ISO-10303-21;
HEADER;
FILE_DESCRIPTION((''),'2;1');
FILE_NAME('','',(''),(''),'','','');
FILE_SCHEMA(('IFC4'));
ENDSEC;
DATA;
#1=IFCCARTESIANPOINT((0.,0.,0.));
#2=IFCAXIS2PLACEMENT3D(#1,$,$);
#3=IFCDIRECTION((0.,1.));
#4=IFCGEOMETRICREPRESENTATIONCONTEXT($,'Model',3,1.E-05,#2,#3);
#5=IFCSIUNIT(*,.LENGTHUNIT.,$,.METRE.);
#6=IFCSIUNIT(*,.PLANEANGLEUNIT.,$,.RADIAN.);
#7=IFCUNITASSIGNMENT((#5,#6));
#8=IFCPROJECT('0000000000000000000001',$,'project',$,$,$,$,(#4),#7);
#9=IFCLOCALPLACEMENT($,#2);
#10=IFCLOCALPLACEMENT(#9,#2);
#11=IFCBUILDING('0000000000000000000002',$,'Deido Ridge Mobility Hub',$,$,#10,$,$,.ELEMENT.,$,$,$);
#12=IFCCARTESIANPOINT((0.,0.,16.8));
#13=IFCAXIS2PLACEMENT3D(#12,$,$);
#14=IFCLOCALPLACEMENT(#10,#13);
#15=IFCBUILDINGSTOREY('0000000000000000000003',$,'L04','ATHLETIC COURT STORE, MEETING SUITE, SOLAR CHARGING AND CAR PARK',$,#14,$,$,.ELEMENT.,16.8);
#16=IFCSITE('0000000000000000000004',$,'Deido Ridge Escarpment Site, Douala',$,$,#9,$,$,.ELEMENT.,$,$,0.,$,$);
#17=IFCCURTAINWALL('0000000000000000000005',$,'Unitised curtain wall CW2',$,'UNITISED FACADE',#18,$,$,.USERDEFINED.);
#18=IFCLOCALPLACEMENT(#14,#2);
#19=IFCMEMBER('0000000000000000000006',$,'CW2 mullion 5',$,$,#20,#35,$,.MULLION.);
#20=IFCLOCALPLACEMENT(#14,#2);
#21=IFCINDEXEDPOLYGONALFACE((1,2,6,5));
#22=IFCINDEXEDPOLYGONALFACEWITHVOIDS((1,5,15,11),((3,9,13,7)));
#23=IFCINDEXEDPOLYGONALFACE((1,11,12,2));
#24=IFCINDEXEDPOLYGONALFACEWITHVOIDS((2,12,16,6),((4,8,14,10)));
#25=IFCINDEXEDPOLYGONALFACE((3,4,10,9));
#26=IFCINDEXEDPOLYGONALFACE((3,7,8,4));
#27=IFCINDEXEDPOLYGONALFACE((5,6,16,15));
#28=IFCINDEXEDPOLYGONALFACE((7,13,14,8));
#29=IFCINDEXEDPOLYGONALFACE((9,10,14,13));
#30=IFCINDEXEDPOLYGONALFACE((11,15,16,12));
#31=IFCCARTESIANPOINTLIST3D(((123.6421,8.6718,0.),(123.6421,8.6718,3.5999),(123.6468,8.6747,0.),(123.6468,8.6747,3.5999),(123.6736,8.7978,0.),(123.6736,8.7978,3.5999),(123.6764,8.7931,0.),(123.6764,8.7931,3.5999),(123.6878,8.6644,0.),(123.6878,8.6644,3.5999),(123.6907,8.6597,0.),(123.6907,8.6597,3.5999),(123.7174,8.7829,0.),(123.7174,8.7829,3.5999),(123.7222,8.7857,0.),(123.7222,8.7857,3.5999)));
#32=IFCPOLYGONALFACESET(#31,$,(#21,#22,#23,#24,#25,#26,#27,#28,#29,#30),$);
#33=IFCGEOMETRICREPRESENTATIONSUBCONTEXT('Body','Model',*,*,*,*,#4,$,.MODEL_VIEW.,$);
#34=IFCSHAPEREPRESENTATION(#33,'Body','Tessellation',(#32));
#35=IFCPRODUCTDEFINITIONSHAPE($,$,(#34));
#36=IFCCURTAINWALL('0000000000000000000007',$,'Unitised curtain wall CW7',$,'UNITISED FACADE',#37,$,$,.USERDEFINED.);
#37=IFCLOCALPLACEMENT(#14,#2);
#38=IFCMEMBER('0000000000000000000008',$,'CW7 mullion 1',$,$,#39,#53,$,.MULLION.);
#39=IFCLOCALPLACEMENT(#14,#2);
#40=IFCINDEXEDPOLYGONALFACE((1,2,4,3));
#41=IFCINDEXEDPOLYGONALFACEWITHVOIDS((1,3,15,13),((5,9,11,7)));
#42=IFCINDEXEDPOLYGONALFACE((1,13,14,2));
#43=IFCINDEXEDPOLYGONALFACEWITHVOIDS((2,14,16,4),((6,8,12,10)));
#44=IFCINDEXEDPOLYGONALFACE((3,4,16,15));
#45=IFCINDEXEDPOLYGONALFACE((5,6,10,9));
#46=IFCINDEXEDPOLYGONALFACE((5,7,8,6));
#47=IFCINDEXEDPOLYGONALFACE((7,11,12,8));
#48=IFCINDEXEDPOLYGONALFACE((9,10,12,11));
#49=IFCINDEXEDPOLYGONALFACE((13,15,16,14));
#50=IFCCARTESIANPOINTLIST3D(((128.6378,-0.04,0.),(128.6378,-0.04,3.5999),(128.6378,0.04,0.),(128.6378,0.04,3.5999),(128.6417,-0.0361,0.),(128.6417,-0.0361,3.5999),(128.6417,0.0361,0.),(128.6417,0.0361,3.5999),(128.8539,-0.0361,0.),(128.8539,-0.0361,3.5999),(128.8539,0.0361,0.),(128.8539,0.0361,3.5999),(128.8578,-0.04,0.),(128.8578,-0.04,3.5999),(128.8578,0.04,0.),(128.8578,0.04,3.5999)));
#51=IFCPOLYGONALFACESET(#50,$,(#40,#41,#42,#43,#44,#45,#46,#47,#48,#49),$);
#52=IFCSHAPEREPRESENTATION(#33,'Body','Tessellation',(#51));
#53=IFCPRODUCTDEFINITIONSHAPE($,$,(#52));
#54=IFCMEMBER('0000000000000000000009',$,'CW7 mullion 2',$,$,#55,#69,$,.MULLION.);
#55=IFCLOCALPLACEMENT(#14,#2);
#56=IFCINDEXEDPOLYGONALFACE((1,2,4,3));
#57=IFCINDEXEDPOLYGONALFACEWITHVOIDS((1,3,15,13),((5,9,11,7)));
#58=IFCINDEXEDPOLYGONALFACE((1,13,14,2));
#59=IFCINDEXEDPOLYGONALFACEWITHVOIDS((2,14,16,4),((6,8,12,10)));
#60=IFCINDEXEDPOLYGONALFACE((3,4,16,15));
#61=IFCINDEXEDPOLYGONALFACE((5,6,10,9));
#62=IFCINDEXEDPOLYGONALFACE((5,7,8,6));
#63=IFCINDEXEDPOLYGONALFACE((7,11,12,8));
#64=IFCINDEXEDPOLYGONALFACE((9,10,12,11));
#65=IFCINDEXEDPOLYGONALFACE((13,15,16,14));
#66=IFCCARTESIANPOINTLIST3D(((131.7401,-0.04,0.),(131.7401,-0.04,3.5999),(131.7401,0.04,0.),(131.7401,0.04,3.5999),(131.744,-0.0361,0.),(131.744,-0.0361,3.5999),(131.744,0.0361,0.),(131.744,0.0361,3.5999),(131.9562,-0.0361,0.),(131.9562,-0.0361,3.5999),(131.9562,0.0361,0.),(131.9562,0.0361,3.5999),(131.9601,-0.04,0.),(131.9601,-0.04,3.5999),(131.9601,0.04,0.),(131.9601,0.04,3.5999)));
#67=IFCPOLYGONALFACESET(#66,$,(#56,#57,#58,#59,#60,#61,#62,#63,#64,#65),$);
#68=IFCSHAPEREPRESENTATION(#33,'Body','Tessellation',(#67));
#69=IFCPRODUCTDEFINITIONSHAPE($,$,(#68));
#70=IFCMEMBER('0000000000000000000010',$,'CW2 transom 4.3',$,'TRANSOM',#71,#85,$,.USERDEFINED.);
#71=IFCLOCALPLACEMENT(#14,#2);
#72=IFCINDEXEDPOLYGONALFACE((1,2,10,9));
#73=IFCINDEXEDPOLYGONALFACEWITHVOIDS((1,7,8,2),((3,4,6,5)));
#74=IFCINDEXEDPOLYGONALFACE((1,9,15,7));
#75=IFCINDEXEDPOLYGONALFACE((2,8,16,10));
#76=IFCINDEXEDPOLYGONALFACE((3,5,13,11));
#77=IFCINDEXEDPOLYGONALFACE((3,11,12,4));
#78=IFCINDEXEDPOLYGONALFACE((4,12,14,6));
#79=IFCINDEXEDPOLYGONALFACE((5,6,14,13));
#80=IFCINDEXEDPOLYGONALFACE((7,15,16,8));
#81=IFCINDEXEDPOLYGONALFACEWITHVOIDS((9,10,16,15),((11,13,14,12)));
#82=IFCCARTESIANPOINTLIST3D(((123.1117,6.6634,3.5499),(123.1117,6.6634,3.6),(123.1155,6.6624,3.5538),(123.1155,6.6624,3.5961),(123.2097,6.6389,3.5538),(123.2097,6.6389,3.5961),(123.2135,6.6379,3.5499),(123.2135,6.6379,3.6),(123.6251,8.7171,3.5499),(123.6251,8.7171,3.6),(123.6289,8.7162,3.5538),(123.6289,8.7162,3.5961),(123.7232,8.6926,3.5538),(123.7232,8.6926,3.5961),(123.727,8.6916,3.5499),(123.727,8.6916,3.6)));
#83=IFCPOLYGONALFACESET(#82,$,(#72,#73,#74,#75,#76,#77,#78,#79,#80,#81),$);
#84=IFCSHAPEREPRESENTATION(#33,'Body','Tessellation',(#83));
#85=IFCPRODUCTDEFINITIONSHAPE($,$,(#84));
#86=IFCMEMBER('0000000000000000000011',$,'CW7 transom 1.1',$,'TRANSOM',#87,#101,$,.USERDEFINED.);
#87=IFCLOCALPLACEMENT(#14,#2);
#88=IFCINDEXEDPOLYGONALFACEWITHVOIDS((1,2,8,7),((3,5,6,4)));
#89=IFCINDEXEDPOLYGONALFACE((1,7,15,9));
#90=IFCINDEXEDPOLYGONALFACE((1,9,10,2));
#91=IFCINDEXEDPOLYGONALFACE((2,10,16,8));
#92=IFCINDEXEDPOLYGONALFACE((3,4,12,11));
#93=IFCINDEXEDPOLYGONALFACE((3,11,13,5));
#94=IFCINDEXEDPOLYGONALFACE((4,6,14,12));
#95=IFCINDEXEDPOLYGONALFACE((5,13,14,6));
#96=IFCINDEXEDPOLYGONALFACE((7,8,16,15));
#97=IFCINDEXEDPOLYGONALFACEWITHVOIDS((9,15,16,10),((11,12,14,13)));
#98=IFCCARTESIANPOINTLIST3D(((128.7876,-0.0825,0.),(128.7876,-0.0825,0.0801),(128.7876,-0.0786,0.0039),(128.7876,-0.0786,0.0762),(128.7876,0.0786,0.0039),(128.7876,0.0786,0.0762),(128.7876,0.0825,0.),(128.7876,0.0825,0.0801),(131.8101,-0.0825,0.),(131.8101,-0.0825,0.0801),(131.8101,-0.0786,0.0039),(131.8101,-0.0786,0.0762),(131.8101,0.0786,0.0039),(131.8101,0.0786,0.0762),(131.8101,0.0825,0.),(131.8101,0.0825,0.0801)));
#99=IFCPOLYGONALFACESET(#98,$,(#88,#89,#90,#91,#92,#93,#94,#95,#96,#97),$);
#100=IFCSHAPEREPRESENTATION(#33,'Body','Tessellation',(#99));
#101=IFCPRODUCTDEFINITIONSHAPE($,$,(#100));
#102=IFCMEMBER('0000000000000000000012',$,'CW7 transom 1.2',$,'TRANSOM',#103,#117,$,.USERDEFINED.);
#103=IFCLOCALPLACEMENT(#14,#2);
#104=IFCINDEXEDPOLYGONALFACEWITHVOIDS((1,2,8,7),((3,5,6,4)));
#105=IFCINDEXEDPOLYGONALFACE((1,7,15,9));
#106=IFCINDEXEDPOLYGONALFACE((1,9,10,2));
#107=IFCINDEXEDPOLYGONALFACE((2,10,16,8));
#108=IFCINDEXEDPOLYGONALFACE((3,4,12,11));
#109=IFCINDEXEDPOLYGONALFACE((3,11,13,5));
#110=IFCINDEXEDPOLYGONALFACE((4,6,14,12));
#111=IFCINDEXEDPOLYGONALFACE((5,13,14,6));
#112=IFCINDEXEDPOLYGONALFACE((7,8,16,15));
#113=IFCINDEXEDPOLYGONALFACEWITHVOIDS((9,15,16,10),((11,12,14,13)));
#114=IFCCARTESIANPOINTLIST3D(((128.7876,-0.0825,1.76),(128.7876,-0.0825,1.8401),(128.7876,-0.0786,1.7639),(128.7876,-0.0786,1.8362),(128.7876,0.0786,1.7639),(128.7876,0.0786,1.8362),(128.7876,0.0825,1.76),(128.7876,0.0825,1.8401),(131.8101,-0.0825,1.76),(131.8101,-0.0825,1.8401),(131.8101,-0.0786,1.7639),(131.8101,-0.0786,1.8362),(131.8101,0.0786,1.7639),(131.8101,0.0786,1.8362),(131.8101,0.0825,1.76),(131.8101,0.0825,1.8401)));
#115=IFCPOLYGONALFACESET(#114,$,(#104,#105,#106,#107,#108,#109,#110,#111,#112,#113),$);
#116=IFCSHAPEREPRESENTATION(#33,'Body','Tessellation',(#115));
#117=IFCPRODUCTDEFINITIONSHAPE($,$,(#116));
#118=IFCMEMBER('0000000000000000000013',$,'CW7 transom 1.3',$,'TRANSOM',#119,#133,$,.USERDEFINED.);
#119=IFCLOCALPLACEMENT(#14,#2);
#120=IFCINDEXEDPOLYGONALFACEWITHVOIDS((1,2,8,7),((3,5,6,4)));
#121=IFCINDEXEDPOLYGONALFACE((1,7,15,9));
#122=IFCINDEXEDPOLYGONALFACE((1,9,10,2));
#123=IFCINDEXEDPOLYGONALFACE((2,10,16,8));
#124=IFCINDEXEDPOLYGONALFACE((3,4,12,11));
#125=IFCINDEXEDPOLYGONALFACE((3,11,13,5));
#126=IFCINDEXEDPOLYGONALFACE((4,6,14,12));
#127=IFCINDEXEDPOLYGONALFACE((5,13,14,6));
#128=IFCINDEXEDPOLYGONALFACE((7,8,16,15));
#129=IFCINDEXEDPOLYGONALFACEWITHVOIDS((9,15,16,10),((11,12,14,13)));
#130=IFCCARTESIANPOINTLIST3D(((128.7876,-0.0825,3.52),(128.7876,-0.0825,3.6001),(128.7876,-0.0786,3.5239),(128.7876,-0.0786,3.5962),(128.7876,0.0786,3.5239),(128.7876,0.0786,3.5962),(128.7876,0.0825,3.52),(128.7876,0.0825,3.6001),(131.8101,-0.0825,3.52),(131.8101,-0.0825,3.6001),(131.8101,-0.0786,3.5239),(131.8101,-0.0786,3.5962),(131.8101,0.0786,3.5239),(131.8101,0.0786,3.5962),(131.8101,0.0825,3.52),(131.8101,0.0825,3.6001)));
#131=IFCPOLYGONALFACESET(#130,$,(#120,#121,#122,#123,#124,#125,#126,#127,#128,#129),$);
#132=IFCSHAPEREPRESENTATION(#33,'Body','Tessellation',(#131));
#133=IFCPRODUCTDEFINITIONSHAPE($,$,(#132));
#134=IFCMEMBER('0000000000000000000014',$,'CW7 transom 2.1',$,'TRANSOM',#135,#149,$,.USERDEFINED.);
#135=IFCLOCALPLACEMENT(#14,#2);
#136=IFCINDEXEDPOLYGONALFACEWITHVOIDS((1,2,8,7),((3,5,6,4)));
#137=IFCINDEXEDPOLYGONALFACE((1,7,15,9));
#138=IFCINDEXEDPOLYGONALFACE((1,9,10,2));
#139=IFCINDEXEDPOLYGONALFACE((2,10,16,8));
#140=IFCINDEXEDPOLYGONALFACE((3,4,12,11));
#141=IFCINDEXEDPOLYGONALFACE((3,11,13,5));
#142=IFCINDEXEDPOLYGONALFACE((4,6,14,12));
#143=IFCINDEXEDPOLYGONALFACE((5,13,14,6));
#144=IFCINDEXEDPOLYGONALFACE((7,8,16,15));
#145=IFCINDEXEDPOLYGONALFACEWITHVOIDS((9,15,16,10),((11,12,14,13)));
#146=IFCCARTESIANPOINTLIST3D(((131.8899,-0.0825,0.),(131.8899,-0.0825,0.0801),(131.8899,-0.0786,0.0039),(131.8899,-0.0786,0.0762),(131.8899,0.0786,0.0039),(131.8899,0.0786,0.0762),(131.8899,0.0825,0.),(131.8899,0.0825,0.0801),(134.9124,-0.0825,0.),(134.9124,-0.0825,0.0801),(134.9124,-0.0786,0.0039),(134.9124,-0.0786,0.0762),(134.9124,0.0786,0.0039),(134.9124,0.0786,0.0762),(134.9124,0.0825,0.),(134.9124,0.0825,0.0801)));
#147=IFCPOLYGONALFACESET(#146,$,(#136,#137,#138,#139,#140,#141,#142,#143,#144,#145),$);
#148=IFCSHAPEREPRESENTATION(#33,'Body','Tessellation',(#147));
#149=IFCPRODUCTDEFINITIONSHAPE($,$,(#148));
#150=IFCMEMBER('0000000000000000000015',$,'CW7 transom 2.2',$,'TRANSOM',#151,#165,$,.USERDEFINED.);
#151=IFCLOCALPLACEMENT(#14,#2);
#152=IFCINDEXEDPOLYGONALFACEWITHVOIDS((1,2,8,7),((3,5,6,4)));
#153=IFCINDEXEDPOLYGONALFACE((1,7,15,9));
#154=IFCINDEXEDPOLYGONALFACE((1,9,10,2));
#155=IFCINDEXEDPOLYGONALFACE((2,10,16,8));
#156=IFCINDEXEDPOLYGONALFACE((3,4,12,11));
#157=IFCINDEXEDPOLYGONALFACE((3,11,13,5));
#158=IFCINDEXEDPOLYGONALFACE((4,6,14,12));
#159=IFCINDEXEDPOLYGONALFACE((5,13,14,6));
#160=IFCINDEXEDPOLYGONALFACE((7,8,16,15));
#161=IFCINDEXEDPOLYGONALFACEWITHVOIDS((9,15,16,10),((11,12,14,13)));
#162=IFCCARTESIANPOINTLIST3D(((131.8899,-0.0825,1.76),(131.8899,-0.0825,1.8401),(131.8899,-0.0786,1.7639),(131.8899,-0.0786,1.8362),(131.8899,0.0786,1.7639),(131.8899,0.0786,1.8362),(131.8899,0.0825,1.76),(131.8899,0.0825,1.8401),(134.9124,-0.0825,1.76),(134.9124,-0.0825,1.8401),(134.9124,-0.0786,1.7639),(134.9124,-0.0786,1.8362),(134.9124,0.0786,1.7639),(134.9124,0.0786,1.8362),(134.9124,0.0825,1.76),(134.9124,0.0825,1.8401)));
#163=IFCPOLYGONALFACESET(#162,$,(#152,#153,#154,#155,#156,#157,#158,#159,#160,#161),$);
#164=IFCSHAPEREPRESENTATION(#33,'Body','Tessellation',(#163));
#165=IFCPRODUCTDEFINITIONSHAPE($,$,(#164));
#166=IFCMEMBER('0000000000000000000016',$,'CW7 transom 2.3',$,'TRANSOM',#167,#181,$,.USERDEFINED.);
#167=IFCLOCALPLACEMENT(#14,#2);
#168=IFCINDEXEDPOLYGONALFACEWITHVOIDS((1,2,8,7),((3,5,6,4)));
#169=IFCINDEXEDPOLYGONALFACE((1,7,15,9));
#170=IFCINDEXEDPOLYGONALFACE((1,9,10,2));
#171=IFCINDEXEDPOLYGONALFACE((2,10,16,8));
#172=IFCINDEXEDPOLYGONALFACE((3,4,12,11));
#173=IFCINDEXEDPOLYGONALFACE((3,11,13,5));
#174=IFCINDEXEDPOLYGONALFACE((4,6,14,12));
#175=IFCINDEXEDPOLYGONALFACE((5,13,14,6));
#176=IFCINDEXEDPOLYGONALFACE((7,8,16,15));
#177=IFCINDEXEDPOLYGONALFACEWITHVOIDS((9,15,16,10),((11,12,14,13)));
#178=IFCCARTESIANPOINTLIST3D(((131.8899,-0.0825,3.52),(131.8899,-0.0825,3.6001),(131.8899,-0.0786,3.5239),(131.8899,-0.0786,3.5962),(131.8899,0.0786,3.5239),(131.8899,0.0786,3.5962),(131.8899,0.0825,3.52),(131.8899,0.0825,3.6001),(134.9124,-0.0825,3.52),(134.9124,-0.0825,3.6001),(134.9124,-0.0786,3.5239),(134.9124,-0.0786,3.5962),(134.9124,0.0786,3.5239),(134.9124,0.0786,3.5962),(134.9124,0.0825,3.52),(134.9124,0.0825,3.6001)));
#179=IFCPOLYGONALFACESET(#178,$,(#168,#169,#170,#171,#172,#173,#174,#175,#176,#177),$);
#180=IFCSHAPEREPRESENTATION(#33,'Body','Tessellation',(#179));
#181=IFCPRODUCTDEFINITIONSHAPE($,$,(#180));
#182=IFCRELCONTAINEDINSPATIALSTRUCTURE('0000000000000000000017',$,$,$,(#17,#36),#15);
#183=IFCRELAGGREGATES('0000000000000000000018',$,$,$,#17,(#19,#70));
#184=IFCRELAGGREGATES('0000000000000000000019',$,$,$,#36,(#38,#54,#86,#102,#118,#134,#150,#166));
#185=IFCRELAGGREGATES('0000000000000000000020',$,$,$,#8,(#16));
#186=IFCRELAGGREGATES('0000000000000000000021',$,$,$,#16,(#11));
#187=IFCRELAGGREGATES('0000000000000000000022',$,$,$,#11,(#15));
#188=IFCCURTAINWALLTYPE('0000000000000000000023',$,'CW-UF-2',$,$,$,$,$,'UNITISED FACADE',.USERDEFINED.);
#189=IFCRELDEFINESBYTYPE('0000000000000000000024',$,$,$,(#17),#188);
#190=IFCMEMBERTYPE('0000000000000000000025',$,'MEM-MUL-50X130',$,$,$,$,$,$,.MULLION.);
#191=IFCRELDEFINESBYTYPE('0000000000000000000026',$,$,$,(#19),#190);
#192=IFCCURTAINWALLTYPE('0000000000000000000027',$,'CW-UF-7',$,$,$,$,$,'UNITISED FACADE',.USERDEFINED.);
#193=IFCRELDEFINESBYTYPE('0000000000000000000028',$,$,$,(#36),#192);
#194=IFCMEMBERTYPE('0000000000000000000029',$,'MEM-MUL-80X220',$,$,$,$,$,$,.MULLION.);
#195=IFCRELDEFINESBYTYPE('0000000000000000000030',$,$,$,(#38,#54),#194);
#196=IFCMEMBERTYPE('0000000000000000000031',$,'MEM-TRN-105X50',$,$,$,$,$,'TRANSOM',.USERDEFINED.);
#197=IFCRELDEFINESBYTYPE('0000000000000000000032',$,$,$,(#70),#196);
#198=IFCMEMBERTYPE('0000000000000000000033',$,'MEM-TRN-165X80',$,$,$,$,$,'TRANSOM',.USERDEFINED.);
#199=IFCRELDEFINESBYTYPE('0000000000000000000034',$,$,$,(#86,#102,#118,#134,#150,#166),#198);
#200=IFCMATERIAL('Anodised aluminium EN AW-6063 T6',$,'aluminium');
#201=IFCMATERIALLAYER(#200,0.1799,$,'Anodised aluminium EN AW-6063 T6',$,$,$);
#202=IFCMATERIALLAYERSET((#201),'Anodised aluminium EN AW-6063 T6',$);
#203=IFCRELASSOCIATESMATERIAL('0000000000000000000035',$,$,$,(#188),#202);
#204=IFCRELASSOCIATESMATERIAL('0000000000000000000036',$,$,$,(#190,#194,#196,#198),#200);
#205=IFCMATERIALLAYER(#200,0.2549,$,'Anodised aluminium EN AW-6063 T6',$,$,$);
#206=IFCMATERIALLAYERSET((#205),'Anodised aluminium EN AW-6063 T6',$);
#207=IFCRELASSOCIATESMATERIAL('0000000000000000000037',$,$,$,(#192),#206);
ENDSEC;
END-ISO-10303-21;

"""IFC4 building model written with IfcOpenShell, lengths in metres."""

from ifc_helpers import new_model, si_unit, direction, frame, origin, origin_2d, place, context, subcontext, project, spatial, hollow_rectangle, extrude, material, layer, layer_set, material_profile, profile_set, type_object, element, aggregate, save


model = new_model("IFC4")

# Units and contexts
model_context = context("Model", 3, precision=1e-05, world=origin(), true_north=direction((0.0, 1.0)))
body_context = subcontext(model_context, "Body", "Model", "MODEL_VIEW")
ifc_project = project(units=[si_unit("LENGTHUNIT", "METRE"), si_unit("PLANEANGLEUNIT", "RADIAN")], contexts=[model_context])

# Site, building, storey
site_placement = place(None, origin())
site = spatial("IfcSite", under=ifc_project, at=site_placement, Name="Deido Ridge Escarpment Site, Douala", CompositionType="ELEMENT", RefElevation=0.0)
building_placement = place(site_placement, origin())
building = spatial("IfcBuilding", under=site, at=building_placement, Name="Deido Ridge Mobility Hub", CompositionType="ELEMENT")
storey_placement = place(building_placement, frame((0.0, 0.0, 16.8)))
storey = spatial("IfcBuildingStorey", under=building, at=storey_placement, Name="L04", Description="ATHLETIC COURT STORE, MEETING SUITE, SOLAR CHARGING AND CAR PARK", CompositionType="ELEMENT", Elevation=16.8)

# Curtain wall, member
ifc_material_1 = material(Name="Anodised aluminium EN AW-6063 T6", Category="aluminium")
ifc_layer_1 = layer(ifc_material_1, 0.1799, Name="Anodised aluminium EN AW-6063 T6")
ifc_layer_set_1 = layer_set([ifc_layer_1], Name="Anodised aluminium EN AW-6063 T6")
curtain_wall_type_1 = type_object("IfcCurtainWallType", Name="CW-UF-2", ElementType="UNITISED FACADE", PredefinedType="USERDEFINED", material=ifc_layer_set_1)
curtain_wall_1_placement = place(storey_placement, origin())
curtain_wall_1 = element("IfcCurtainWall", 1, at=curtain_wall_1_placement, inside=storey, type_object=curtain_wall_type_1, Name="Unitised curtain wall CW2", ObjectType="UNITISED FACADE", PredefinedType="USERDEFINED")
ifc_material_profile_1 = material_profile(ifc_material_1, hollow_rectangle(XDim=0.05, YDim=0.1299, WallThickness=0.0039, at=origin_2d()), Name="RHS 50x130x4")
ifc_profile_set_1 = profile_set([ifc_material_profile_1], Name="Anodised aluminium EN AW-6063 T6")
member_type_1 = type_object("IfcMemberType", Name="MEM-MUL-50X130", PredefinedType="MULLION", material=ifc_profile_set_1)
member_1_placement = place(storey_placement, frame((123.6821, 8.7288, 0.0), z_axis=(0.0, 0.0, 1.0), x_axis=(-0.970144, 0.24253, 0.0)))
member_1 = element("IfcMember", 2, at=member_1_placement, type_object=member_type_1, Name="CW2 mullion 5", PredefinedType="MULLION", context=body_context, shape_type="SweptSolid", body=[
    extrude(hollow_rectangle(XDim=0.05, YDim=0.1299, WallThickness=0.0039, at=origin_2d()), origin(), (0.0, 0.0, 1.0), 3.5999),
])

# Curtain wall, members
ifc_layer_2 = layer(ifc_material_1, 0.2549, Name="Anodised aluminium EN AW-6063 T6")
ifc_layer_set_2 = layer_set([ifc_layer_2], Name="Anodised aluminium EN AW-6063 T6")
curtain_wall_type_2 = type_object("IfcCurtainWallType", Name="CW-UF-7", ElementType="UNITISED FACADE", PredefinedType="USERDEFINED", material=ifc_layer_set_2)
curtain_wall_2_placement = place(storey_placement, origin())
curtain_wall_2 = element("IfcCurtainWall", 3, at=curtain_wall_2_placement, inside=storey, type_object=curtain_wall_type_2, Name="Unitised curtain wall CW7", ObjectType="UNITISED FACADE", PredefinedType="USERDEFINED")
ifc_material_profile_2 = material_profile(ifc_material_1, hollow_rectangle(XDim=0.0801, YDim=0.22, WallThickness=0.0039, at=origin_2d()), Name="RHS 80x220x4")
ifc_profile_set_2 = profile_set([ifc_material_profile_2], Name="Anodised aluminium EN AW-6063 T6")
member_type_2 = type_object("IfcMemberType", Name="MEM-MUL-80X220", PredefinedType="MULLION", material=ifc_profile_set_2)
member_2_placement = place(storey_placement, frame((128.7478, 0.0, 0.0), z_axis=(0.0, 0.0, 1.0), x_axis=(0.0, 1.0, 0.0)))
member_2 = element("IfcMember", 4, at=member_2_placement, type_object=member_type_2, Name="CW7 mullion 1", PredefinedType="MULLION", context=body_context, shape_type="SweptSolid", body=[
    extrude(hollow_rectangle(XDim=0.0801, YDim=0.22, WallThickness=0.0039, at=origin_2d()), origin(), (0.0, 0.0, 1.0), 3.5999),
])
member_3_placement = place(storey_placement, frame((131.8501, 0.0, 0.0), z_axis=(0.0, 0.0, 1.0), x_axis=(0.0, 1.0, 0.0)))
member_3 = element("IfcMember", 5, at=member_3_placement, type_object=member_type_2, Name="CW7 mullion 2", PredefinedType="MULLION", context=body_context, shape_type="SweptSolid", body=[
    extrude(hollow_rectangle(XDim=0.0801, YDim=0.22, WallThickness=0.0039, at=origin_2d()), origin(), (0.0, 0.0, 1.0), 3.5999),
])

# Members
ifc_material_profile_3 = material_profile(ifc_material_1, hollow_rectangle(XDim=0.105, YDim=0.05, WallThickness=0.0039, at=origin_2d()), Name="RHS 105x50x4")
ifc_profile_set_3 = profile_set([ifc_material_profile_3], Name="Anodised aluminium EN AW-6063 T6")
member_type_3 = type_object("IfcMemberType", Name="MEM-TRN-105X50", ElementType="TRANSOM", PredefinedType="USERDEFINED", material=ifc_profile_set_3)
member_4_placement = place(storey_placement, frame((123.1626, 6.6506, 3.575), z_axis=(0.242536, 0.970143, 0.0), x_axis=(-0.970143, 0.242536, 0.0)))
member_4 = element("IfcMember", 6, at=member_4_placement, type_object=member_type_3, Name="CW2 transom 4.3", ObjectType="TRANSOM", PredefinedType="USERDEFINED", context=body_context, shape_type="SweptSolid", body=[
    extrude(hollow_rectangle(XDim=0.105, YDim=0.05, WallThickness=0.0039, at=origin_2d()), origin(), (0.0, 0.0, 1.0), 2.1169),
])
ifc_material_profile_4 = material_profile(ifc_material_1, hollow_rectangle(XDim=0.165, YDim=0.0801, WallThickness=0.0039, at=origin_2d()), Name="RHS 165x80x4")
ifc_profile_set_4 = profile_set([ifc_material_profile_4], Name="Anodised aluminium EN AW-6063 T6")
member_type_4 = type_object("IfcMemberType", Name="MEM-TRN-165X80", ElementType="TRANSOM", PredefinedType="USERDEFINED", material=ifc_profile_set_4)
member_5_placement = place(storey_placement, frame((128.7876, 0.0, 0.04), z_axis=(1.0, 0.0, 0.0), x_axis=(0.0, 1.0, 0.0)))
member_5 = element("IfcMember", 7, at=member_5_placement, type_object=member_type_4, Name="CW7 transom 1.1", ObjectType="TRANSOM", PredefinedType="USERDEFINED", context=body_context, shape_type="SweptSolid", body=[
    extrude(hollow_rectangle(XDim=0.165, YDim=0.0801, WallThickness=0.0039, at=origin_2d()), origin(), (0.0, 0.0, 1.0), 3.0225),
])
member_6_placement = place(storey_placement, frame((128.7876, 0.0, 1.8), z_axis=(1.0, 0.0, 0.0), x_axis=(0.0, 1.0, 0.0)))
member_6 = element("IfcMember", 8, at=member_6_placement, type_object=member_type_4, Name="CW7 transom 1.2", ObjectType="TRANSOM", PredefinedType="USERDEFINED", context=body_context, shape_type="SweptSolid", body=[
    extrude(hollow_rectangle(XDim=0.165, YDim=0.0801, WallThickness=0.0039, at=origin_2d()), origin(), (0.0, 0.0, 1.0), 3.0225),
])
member_7_placement = place(storey_placement, frame((128.7876, 0.0, 3.5601), z_axis=(1.0, 0.0, 0.0), x_axis=(0.0, 1.0, 0.0)))
member_7 = element("IfcMember", 9, at=member_7_placement, type_object=member_type_4, Name="CW7 transom 1.3", ObjectType="TRANSOM", PredefinedType="USERDEFINED", context=body_context, shape_type="SweptSolid", body=[
    extrude(hollow_rectangle(XDim=0.165, YDim=0.0801, WallThickness=0.0039, at=origin_2d()), origin(), (0.0, 0.0, 1.0), 3.0225),
])
member_8_placement = place(storey_placement, frame((131.8899, 0.0, 0.04), z_axis=(1.0, 0.0, 0.0), x_axis=(0.0, 1.0, 0.0)))
member_8 = element("IfcMember", 10, at=member_8_placement, type_object=member_type_4, Name="CW7 transom 2.1", ObjectType="TRANSOM", PredefinedType="USERDEFINED", context=body_context, shape_type="SweptSolid", body=[
    extrude(hollow_rectangle(XDim=0.165, YDim=0.0801, WallThickness=0.0039, at=origin_2d()), origin(), (0.0, 0.0, 1.0), 3.0225),
])
member_9_placement = place(storey_placement, frame((131.8899, 0.0, 1.8), z_axis=(1.0, 0.0, 0.0), x_axis=(0.0, 1.0, 0.0)))
member_9 = element("IfcMember", 11, at=member_9_placement, type_object=member_type_4, Name="CW7 transom 2.2", ObjectType="TRANSOM", PredefinedType="USERDEFINED", context=body_context, shape_type="SweptSolid", body=[
    extrude(hollow_rectangle(XDim=0.165, YDim=0.0801, WallThickness=0.0039, at=origin_2d()), origin(), (0.0, 0.0, 1.0), 3.0225),
])
member_10_placement = place(storey_placement, frame((131.8899, 0.0, 3.5601), z_axis=(1.0, 0.0, 0.0), x_axis=(0.0, 1.0, 0.0)))
member_10 = element("IfcMember", 12, at=member_10_placement, type_object=member_type_4, Name="CW7 transom 2.3", ObjectType="TRANSOM", PredefinedType="USERDEFINED", context=body_context, shape_type="SweptSolid", body=[
    extrude(hollow_rectangle(XDim=0.165, YDim=0.0801, WallThickness=0.0039, at=origin_2d()), origin(), (0.0, 0.0, 1.0), 3.0225),
])

aggregate(curtain_wall_1, [member_1, member_4])
aggregate(curtain_wall_2, [member_2, member_3, member_5, member_6, member_7, member_8, member_9, member_10])

save(model, "model.ifc")
